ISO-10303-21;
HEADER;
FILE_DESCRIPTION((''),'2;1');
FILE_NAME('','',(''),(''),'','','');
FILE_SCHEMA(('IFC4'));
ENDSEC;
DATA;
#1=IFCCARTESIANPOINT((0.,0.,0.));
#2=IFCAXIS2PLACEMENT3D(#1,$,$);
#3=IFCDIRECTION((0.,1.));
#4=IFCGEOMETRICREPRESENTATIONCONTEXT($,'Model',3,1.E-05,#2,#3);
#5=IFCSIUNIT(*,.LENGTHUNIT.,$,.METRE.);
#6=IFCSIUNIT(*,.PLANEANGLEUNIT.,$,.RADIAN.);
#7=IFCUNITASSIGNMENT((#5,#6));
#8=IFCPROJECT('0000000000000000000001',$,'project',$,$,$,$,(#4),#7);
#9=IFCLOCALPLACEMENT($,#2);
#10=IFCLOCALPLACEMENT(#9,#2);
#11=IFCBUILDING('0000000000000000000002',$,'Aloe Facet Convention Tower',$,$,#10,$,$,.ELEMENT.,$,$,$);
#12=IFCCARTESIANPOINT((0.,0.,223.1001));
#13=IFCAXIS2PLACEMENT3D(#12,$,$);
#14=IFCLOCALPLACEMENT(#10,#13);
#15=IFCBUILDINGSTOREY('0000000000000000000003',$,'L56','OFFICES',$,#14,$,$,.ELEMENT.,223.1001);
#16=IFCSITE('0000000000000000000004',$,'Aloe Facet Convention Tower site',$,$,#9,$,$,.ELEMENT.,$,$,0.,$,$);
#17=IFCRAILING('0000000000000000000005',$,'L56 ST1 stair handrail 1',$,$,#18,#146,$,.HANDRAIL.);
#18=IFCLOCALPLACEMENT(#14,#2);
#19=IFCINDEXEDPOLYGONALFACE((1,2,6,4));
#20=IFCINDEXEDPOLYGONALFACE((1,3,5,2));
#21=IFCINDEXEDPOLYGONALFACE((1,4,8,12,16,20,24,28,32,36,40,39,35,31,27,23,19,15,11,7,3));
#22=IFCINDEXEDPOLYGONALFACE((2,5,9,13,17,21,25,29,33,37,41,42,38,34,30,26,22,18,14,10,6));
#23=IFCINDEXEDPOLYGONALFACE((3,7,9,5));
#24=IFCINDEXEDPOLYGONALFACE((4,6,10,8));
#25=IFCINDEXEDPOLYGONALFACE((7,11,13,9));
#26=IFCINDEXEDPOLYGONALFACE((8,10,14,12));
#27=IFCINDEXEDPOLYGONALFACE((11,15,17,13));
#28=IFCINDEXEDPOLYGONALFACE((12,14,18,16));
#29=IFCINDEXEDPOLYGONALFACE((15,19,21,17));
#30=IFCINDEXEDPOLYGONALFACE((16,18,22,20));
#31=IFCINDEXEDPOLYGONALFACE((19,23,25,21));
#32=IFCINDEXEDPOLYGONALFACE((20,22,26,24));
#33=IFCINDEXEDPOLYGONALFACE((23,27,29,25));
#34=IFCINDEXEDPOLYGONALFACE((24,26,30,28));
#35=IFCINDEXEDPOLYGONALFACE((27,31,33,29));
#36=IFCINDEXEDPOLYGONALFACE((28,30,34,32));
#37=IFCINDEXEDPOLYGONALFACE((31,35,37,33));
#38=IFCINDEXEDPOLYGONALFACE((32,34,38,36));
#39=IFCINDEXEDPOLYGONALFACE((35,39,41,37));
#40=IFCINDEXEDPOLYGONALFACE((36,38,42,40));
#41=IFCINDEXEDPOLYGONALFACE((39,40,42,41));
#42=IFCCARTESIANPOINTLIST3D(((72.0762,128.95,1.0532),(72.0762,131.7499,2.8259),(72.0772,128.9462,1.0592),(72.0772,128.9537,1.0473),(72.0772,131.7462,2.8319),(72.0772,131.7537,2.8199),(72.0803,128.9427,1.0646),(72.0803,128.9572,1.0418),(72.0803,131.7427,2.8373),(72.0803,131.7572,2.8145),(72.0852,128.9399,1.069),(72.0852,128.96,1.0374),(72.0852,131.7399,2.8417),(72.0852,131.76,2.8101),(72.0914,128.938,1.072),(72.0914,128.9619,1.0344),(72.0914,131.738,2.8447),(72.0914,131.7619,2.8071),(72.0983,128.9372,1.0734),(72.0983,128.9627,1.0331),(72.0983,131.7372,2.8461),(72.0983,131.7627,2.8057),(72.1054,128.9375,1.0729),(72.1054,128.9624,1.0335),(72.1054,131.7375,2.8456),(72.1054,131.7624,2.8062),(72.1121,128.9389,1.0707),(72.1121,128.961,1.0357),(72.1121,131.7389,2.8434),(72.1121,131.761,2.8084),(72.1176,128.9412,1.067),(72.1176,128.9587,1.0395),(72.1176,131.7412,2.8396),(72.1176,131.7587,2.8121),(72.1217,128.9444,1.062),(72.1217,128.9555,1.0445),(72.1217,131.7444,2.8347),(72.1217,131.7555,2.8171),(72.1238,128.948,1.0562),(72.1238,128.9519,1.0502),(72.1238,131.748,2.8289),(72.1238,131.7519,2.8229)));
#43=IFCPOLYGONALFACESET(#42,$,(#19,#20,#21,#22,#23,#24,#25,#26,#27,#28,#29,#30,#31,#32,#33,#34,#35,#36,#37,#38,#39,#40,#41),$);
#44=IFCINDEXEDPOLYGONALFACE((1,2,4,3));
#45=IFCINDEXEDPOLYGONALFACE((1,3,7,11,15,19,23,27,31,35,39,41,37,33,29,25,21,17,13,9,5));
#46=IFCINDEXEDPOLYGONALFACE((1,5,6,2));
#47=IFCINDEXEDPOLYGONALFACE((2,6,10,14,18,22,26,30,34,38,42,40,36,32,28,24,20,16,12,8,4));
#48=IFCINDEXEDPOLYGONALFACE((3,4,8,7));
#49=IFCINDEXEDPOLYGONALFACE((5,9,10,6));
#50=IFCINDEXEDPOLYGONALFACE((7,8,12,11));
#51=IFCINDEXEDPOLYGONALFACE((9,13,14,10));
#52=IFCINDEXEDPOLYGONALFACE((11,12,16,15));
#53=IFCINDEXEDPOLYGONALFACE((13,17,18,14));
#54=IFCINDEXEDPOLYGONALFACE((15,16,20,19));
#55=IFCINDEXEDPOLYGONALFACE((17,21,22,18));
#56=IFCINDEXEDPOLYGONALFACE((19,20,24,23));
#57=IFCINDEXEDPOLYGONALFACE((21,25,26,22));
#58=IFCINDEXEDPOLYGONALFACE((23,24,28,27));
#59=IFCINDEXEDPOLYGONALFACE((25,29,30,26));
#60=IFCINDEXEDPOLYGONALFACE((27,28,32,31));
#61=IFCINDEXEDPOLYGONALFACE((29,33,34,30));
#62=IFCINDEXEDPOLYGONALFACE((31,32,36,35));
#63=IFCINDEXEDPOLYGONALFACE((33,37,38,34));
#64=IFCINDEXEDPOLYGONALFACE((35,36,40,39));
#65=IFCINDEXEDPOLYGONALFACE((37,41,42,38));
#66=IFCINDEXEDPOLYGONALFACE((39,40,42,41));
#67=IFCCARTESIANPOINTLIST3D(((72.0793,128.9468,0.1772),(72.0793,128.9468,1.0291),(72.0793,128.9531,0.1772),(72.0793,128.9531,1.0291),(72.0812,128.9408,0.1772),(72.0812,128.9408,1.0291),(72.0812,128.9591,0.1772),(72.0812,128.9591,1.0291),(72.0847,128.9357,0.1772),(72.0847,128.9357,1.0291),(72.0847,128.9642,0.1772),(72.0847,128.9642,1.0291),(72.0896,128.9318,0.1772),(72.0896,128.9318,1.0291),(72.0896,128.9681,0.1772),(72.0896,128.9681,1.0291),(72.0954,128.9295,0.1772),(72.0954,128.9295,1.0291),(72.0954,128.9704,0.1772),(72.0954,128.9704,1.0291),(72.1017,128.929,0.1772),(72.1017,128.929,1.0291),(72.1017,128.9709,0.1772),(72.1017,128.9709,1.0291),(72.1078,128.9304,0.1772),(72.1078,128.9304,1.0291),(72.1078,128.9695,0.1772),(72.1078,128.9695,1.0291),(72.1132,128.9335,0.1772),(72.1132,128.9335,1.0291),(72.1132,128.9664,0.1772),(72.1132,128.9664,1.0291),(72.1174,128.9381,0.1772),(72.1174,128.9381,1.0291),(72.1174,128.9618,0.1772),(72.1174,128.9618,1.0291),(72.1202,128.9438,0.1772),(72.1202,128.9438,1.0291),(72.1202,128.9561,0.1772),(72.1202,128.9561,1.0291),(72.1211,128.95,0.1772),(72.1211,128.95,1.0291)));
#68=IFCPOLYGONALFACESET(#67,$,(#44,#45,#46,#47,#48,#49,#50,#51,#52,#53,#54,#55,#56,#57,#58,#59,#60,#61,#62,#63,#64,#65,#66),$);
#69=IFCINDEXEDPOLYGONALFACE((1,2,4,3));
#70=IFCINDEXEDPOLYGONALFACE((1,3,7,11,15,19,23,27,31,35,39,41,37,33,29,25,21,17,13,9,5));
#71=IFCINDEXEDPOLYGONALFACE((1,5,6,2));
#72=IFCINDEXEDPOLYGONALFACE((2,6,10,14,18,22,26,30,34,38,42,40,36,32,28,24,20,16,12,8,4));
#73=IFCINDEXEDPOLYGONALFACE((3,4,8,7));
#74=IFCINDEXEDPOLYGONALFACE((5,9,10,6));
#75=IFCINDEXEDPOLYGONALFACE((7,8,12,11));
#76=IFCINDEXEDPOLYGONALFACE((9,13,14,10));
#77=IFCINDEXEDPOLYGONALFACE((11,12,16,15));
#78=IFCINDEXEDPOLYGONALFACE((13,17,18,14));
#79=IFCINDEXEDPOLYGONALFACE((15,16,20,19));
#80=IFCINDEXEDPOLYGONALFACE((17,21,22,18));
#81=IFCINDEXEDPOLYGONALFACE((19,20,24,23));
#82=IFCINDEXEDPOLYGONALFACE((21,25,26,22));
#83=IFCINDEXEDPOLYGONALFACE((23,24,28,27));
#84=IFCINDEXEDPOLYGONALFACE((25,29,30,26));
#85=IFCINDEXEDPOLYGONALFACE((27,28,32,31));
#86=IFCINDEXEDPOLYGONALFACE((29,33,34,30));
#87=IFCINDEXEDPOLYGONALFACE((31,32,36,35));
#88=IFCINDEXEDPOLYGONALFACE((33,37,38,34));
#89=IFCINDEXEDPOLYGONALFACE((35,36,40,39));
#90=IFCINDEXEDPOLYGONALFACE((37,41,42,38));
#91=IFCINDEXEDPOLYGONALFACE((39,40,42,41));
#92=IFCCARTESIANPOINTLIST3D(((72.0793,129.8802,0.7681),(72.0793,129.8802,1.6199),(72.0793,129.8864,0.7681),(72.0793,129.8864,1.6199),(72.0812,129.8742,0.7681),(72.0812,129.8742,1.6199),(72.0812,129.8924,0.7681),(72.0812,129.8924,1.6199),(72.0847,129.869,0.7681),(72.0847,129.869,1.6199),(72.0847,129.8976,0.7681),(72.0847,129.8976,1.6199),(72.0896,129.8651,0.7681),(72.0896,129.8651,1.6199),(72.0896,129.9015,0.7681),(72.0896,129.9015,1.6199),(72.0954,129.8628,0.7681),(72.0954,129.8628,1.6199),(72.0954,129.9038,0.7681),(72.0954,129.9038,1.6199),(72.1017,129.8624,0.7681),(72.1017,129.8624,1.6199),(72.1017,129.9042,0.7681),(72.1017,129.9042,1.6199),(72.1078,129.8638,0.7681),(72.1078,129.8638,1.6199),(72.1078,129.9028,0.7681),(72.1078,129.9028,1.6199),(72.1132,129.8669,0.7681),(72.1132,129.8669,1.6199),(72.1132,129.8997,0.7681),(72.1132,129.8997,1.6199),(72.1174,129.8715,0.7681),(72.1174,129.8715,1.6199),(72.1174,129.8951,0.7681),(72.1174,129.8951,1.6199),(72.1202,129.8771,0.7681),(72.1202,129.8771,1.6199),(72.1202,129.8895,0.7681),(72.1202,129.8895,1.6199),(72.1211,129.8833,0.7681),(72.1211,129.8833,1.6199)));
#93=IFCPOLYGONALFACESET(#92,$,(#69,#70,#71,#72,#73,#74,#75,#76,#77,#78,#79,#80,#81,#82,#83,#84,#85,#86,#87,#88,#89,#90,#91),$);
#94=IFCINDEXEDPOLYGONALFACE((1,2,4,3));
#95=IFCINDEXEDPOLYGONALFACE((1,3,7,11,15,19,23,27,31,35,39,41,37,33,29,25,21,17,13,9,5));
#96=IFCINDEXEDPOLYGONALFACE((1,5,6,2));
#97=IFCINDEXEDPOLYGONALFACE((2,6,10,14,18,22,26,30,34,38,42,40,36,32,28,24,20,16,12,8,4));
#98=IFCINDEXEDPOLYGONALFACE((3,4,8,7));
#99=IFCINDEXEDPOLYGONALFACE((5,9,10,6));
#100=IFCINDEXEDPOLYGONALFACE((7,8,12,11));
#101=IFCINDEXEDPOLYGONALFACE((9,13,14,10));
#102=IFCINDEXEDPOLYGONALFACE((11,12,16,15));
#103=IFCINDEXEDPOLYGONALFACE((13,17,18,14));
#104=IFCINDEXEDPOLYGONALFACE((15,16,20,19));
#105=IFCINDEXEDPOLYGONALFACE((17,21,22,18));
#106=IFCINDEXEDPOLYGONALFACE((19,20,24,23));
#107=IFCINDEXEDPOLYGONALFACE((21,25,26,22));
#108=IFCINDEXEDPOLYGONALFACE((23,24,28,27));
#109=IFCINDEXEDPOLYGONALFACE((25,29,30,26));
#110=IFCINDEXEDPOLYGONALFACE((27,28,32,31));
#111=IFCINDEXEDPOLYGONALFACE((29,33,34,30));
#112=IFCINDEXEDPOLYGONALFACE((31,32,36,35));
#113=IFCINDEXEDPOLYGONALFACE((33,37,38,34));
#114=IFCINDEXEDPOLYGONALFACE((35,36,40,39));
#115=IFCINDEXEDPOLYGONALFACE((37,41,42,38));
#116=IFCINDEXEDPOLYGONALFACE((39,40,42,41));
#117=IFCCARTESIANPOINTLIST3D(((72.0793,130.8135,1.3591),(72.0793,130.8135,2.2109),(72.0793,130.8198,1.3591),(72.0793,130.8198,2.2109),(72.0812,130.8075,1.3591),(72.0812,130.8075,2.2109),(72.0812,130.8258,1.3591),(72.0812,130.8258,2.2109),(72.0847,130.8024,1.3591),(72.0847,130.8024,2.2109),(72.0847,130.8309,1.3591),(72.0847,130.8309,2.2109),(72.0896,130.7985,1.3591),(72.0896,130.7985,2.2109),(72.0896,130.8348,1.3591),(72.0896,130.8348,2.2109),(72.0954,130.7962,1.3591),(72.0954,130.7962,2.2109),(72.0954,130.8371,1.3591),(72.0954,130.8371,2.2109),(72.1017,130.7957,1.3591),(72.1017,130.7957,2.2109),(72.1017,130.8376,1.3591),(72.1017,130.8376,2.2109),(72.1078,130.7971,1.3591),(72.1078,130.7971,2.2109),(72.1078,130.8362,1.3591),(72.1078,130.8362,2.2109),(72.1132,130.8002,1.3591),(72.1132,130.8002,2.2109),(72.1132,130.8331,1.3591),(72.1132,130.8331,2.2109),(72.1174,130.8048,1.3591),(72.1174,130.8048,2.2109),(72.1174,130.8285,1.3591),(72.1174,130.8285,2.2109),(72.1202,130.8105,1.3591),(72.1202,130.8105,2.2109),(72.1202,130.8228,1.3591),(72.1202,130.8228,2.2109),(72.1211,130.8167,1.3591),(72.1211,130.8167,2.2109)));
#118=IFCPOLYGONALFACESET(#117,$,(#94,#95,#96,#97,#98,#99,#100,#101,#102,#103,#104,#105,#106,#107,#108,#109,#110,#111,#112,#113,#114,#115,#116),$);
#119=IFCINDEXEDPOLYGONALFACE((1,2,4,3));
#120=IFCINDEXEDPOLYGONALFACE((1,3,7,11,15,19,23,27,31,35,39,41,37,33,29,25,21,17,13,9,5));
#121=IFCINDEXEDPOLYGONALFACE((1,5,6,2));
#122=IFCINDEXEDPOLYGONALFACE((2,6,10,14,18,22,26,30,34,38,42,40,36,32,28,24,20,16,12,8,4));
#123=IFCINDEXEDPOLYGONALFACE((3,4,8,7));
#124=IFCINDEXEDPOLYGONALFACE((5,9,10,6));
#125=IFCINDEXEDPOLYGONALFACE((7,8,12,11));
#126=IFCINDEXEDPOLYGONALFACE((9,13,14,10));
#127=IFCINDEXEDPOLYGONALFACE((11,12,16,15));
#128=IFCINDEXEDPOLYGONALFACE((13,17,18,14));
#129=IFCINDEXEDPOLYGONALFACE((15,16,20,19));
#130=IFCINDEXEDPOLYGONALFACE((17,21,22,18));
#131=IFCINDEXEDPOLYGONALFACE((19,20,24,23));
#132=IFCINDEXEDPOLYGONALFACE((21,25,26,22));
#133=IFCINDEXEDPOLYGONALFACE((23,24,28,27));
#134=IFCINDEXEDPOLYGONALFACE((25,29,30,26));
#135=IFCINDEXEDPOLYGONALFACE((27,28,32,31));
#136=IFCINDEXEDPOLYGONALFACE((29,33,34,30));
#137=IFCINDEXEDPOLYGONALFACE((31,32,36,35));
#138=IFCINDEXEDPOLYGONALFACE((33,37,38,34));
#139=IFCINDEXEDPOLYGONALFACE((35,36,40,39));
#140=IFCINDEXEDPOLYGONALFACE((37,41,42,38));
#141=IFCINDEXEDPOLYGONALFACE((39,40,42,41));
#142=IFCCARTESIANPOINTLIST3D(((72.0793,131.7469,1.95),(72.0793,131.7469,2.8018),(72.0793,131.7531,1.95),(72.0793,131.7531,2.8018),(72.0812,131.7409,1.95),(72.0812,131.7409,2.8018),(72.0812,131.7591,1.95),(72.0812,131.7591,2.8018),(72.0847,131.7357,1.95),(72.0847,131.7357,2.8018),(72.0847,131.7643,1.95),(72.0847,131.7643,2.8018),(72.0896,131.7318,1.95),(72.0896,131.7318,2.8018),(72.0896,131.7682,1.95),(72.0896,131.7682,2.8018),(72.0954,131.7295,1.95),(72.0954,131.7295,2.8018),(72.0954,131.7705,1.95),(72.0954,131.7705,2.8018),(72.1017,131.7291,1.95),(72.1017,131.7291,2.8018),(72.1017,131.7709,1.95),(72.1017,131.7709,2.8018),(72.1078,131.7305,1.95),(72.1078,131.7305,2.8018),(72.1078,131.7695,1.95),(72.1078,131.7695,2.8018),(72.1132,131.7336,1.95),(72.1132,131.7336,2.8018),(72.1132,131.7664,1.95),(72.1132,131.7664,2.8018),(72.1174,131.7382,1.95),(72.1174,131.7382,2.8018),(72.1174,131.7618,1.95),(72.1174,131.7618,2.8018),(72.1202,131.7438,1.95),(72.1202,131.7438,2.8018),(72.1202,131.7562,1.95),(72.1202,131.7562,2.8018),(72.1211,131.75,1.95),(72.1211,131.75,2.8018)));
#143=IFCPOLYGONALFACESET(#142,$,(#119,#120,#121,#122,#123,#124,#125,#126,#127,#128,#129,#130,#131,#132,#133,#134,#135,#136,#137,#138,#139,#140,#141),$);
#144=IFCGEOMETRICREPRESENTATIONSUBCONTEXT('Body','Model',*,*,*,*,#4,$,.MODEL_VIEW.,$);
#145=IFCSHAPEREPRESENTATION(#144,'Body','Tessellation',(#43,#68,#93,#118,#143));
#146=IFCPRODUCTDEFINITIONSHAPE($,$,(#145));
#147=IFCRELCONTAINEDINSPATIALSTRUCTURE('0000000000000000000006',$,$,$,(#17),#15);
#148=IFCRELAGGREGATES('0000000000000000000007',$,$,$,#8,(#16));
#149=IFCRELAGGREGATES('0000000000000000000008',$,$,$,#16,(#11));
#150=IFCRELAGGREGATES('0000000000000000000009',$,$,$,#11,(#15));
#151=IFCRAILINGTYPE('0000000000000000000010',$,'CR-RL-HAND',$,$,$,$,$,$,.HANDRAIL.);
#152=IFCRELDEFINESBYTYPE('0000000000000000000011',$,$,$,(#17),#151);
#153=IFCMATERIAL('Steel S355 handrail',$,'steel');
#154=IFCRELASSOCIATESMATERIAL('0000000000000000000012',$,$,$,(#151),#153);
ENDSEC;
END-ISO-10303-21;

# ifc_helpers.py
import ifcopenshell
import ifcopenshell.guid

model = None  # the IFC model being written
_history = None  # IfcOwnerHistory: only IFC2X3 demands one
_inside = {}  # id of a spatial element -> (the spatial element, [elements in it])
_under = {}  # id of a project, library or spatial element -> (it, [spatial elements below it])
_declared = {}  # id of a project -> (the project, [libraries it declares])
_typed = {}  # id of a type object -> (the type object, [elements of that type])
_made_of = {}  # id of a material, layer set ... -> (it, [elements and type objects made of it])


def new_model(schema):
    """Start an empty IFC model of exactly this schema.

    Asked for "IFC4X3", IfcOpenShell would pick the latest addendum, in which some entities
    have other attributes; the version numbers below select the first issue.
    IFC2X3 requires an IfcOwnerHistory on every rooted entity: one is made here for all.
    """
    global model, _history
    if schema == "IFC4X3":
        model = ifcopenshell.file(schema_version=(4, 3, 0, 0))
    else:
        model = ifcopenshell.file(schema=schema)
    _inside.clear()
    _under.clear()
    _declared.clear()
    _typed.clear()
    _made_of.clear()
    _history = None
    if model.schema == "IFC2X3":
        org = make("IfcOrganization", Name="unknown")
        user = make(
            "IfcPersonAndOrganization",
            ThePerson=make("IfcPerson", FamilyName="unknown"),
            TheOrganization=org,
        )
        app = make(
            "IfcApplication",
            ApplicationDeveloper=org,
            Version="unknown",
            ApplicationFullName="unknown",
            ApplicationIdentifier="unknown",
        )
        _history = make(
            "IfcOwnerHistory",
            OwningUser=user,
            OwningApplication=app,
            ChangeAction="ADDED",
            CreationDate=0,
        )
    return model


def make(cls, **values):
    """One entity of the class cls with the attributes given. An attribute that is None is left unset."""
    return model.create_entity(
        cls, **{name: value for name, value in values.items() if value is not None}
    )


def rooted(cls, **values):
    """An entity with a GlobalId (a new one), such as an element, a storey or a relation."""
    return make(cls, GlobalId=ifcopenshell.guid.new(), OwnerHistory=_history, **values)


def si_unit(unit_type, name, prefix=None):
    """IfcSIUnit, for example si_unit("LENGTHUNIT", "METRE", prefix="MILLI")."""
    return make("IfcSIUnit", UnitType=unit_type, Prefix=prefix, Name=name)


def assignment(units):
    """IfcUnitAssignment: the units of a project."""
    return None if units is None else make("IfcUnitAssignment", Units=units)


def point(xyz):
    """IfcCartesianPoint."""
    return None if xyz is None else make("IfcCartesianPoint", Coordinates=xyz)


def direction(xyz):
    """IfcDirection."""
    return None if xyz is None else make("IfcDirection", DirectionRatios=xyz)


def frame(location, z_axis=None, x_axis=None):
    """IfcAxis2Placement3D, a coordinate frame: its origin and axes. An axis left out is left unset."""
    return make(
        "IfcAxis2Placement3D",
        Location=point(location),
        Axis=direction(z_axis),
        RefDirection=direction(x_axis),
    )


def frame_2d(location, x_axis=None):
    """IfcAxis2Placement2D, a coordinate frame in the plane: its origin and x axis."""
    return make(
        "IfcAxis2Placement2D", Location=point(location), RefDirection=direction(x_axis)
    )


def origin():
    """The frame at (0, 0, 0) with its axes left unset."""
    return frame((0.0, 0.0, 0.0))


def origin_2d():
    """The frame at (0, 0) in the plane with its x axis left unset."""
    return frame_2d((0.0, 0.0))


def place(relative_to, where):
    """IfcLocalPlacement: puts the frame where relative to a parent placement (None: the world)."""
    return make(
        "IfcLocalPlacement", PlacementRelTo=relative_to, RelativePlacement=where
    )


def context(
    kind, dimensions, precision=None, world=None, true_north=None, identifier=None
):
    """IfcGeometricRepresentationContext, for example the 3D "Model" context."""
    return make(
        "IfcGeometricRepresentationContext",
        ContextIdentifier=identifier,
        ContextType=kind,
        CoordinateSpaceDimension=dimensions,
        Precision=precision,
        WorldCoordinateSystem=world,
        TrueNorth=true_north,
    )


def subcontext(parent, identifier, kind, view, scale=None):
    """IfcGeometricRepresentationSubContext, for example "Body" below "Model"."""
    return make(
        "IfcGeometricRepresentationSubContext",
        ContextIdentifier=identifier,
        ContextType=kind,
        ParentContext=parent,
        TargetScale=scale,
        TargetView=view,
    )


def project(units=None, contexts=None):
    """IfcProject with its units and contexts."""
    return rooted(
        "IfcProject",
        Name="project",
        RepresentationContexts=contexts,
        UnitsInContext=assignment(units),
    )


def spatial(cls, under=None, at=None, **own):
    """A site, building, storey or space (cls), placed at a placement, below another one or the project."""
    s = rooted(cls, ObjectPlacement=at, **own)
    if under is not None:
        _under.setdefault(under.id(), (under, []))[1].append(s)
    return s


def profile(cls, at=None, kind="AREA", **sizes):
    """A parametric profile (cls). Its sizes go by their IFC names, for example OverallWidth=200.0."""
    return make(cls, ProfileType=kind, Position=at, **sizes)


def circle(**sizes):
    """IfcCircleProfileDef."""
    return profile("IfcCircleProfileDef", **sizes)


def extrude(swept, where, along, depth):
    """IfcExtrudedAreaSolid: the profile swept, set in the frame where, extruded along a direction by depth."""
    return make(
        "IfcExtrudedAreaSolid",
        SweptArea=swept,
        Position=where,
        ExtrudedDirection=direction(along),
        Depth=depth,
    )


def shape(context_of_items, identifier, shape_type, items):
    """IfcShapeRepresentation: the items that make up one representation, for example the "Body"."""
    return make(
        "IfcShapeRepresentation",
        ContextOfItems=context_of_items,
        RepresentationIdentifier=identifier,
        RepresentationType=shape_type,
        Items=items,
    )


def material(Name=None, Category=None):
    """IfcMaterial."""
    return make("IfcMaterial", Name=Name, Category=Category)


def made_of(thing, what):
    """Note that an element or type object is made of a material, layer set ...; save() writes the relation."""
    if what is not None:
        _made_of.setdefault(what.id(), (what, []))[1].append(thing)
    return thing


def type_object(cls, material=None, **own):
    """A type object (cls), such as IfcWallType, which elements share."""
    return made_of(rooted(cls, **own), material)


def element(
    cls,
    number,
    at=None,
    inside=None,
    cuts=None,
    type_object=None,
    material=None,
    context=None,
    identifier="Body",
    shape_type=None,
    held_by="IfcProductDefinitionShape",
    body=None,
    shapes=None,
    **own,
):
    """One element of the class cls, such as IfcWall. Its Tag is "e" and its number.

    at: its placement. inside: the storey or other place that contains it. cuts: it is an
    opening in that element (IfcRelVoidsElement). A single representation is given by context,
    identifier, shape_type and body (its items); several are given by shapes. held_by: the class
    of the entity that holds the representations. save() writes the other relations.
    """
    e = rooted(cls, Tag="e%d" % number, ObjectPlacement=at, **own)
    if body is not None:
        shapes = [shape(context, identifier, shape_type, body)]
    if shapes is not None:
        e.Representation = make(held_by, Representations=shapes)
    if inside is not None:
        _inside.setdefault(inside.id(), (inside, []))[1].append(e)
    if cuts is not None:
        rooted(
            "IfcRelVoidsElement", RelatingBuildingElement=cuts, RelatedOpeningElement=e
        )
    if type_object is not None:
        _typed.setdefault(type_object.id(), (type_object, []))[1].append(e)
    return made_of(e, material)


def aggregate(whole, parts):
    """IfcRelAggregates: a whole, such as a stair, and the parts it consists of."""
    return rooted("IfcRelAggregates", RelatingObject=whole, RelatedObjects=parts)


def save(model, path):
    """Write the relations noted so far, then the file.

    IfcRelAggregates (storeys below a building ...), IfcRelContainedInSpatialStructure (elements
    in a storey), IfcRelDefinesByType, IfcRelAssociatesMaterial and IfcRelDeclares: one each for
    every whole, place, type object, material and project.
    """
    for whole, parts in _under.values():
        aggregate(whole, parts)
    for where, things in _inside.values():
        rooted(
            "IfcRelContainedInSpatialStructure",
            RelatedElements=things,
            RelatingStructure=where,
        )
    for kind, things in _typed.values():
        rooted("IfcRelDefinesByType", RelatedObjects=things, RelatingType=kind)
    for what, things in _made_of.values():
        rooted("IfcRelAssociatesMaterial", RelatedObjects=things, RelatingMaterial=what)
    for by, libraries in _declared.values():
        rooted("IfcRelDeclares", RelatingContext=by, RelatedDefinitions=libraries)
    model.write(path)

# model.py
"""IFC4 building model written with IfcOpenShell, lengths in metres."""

from ifc_helpers import new_model, si_unit, direction, frame, origin, origin_2d, place, context, subcontext, project, spatial, circle, extrude, material, type_object, element, save


model = new_model("IFC4")

# Units and contexts
model_context = context("Model", 3, precision=1e-05, world=origin(), true_north=direction((0.0, 1.0)))
body_context = subcontext(model_context, "Body", "Model", "MODEL_VIEW")
ifc_project = project(units=[si_unit("LENGTHUNIT", "METRE"), si_unit("PLANEANGLEUNIT", "RADIAN")], contexts=[model_context])

# Site, building, storey
site_placement = place(None, origin())
site = spatial("IfcSite", under=ifc_project, at=site_placement, Name="Aloe Facet Convention Tower site", CompositionType="ELEMENT", RefElevation=0.0)
building_placement = place(site_placement, origin())
building = spatial("IfcBuilding", under=site, at=building_placement, Name="Aloe Facet Convention Tower", CompositionType="ELEMENT")
storey_placement = place(building_placement, frame((0.0, 0.0, 223.1001)))
storey = spatial("IfcBuildingStorey", under=building, at=storey_placement, Name="L56", Description="OFFICES", CompositionType="ELEMENT", Elevation=223.1001)

# Railing
ifc_material_1 = material(Name="Steel S355 handrail", Category="steel")
railing_type_1 = type_object("IfcRailingType", Name="CR-RL-HAND", PredefinedType="HANDRAIL", material=ifc_material_1)
railing_1_placement = place(storey_placement, frame((72.1001, 128.95, 0.1772)))
element("IfcRailing", 1, at=railing_1_placement, inside=storey, type_object=railing_type_1, Name="L56 ST1 stair handrail 1", PredefinedType="HANDRAIL", context=body_context, shape_type="SweptSolid", body=[
    extrude(circle(Radius=0.0239, at=origin_2d()), frame((0.0, 0.0, 0.876), z_axis=(0.0, 0.844909, 0.53491), x_axis=(-1.0, 0.0, 0.0)), (0.0, 0.0, 1.0), 3.314),
    extrude(circle(Radius=0.021, at=origin_2d()), origin(), (0.0, 0.0, 1.0), 0.8518),
    extrude(circle(Radius=0.021, at=origin_2d()), frame((0.0, 0.9333, 0.5908)), (0.0, 0.0, 1.0), 0.8518),
    extrude(circle(Radius=0.021, at=origin_2d()), frame((0.0, 1.8667, 1.1819)), (0.0, 0.0, 1.0), 0.8518),
    extrude(circle(Radius=0.021, at=origin_2d()), frame((0.0, 2.8, 1.7727)), (0.0, 0.0, 1.0), 0.8518),
])

save(model, "model.ifc")
